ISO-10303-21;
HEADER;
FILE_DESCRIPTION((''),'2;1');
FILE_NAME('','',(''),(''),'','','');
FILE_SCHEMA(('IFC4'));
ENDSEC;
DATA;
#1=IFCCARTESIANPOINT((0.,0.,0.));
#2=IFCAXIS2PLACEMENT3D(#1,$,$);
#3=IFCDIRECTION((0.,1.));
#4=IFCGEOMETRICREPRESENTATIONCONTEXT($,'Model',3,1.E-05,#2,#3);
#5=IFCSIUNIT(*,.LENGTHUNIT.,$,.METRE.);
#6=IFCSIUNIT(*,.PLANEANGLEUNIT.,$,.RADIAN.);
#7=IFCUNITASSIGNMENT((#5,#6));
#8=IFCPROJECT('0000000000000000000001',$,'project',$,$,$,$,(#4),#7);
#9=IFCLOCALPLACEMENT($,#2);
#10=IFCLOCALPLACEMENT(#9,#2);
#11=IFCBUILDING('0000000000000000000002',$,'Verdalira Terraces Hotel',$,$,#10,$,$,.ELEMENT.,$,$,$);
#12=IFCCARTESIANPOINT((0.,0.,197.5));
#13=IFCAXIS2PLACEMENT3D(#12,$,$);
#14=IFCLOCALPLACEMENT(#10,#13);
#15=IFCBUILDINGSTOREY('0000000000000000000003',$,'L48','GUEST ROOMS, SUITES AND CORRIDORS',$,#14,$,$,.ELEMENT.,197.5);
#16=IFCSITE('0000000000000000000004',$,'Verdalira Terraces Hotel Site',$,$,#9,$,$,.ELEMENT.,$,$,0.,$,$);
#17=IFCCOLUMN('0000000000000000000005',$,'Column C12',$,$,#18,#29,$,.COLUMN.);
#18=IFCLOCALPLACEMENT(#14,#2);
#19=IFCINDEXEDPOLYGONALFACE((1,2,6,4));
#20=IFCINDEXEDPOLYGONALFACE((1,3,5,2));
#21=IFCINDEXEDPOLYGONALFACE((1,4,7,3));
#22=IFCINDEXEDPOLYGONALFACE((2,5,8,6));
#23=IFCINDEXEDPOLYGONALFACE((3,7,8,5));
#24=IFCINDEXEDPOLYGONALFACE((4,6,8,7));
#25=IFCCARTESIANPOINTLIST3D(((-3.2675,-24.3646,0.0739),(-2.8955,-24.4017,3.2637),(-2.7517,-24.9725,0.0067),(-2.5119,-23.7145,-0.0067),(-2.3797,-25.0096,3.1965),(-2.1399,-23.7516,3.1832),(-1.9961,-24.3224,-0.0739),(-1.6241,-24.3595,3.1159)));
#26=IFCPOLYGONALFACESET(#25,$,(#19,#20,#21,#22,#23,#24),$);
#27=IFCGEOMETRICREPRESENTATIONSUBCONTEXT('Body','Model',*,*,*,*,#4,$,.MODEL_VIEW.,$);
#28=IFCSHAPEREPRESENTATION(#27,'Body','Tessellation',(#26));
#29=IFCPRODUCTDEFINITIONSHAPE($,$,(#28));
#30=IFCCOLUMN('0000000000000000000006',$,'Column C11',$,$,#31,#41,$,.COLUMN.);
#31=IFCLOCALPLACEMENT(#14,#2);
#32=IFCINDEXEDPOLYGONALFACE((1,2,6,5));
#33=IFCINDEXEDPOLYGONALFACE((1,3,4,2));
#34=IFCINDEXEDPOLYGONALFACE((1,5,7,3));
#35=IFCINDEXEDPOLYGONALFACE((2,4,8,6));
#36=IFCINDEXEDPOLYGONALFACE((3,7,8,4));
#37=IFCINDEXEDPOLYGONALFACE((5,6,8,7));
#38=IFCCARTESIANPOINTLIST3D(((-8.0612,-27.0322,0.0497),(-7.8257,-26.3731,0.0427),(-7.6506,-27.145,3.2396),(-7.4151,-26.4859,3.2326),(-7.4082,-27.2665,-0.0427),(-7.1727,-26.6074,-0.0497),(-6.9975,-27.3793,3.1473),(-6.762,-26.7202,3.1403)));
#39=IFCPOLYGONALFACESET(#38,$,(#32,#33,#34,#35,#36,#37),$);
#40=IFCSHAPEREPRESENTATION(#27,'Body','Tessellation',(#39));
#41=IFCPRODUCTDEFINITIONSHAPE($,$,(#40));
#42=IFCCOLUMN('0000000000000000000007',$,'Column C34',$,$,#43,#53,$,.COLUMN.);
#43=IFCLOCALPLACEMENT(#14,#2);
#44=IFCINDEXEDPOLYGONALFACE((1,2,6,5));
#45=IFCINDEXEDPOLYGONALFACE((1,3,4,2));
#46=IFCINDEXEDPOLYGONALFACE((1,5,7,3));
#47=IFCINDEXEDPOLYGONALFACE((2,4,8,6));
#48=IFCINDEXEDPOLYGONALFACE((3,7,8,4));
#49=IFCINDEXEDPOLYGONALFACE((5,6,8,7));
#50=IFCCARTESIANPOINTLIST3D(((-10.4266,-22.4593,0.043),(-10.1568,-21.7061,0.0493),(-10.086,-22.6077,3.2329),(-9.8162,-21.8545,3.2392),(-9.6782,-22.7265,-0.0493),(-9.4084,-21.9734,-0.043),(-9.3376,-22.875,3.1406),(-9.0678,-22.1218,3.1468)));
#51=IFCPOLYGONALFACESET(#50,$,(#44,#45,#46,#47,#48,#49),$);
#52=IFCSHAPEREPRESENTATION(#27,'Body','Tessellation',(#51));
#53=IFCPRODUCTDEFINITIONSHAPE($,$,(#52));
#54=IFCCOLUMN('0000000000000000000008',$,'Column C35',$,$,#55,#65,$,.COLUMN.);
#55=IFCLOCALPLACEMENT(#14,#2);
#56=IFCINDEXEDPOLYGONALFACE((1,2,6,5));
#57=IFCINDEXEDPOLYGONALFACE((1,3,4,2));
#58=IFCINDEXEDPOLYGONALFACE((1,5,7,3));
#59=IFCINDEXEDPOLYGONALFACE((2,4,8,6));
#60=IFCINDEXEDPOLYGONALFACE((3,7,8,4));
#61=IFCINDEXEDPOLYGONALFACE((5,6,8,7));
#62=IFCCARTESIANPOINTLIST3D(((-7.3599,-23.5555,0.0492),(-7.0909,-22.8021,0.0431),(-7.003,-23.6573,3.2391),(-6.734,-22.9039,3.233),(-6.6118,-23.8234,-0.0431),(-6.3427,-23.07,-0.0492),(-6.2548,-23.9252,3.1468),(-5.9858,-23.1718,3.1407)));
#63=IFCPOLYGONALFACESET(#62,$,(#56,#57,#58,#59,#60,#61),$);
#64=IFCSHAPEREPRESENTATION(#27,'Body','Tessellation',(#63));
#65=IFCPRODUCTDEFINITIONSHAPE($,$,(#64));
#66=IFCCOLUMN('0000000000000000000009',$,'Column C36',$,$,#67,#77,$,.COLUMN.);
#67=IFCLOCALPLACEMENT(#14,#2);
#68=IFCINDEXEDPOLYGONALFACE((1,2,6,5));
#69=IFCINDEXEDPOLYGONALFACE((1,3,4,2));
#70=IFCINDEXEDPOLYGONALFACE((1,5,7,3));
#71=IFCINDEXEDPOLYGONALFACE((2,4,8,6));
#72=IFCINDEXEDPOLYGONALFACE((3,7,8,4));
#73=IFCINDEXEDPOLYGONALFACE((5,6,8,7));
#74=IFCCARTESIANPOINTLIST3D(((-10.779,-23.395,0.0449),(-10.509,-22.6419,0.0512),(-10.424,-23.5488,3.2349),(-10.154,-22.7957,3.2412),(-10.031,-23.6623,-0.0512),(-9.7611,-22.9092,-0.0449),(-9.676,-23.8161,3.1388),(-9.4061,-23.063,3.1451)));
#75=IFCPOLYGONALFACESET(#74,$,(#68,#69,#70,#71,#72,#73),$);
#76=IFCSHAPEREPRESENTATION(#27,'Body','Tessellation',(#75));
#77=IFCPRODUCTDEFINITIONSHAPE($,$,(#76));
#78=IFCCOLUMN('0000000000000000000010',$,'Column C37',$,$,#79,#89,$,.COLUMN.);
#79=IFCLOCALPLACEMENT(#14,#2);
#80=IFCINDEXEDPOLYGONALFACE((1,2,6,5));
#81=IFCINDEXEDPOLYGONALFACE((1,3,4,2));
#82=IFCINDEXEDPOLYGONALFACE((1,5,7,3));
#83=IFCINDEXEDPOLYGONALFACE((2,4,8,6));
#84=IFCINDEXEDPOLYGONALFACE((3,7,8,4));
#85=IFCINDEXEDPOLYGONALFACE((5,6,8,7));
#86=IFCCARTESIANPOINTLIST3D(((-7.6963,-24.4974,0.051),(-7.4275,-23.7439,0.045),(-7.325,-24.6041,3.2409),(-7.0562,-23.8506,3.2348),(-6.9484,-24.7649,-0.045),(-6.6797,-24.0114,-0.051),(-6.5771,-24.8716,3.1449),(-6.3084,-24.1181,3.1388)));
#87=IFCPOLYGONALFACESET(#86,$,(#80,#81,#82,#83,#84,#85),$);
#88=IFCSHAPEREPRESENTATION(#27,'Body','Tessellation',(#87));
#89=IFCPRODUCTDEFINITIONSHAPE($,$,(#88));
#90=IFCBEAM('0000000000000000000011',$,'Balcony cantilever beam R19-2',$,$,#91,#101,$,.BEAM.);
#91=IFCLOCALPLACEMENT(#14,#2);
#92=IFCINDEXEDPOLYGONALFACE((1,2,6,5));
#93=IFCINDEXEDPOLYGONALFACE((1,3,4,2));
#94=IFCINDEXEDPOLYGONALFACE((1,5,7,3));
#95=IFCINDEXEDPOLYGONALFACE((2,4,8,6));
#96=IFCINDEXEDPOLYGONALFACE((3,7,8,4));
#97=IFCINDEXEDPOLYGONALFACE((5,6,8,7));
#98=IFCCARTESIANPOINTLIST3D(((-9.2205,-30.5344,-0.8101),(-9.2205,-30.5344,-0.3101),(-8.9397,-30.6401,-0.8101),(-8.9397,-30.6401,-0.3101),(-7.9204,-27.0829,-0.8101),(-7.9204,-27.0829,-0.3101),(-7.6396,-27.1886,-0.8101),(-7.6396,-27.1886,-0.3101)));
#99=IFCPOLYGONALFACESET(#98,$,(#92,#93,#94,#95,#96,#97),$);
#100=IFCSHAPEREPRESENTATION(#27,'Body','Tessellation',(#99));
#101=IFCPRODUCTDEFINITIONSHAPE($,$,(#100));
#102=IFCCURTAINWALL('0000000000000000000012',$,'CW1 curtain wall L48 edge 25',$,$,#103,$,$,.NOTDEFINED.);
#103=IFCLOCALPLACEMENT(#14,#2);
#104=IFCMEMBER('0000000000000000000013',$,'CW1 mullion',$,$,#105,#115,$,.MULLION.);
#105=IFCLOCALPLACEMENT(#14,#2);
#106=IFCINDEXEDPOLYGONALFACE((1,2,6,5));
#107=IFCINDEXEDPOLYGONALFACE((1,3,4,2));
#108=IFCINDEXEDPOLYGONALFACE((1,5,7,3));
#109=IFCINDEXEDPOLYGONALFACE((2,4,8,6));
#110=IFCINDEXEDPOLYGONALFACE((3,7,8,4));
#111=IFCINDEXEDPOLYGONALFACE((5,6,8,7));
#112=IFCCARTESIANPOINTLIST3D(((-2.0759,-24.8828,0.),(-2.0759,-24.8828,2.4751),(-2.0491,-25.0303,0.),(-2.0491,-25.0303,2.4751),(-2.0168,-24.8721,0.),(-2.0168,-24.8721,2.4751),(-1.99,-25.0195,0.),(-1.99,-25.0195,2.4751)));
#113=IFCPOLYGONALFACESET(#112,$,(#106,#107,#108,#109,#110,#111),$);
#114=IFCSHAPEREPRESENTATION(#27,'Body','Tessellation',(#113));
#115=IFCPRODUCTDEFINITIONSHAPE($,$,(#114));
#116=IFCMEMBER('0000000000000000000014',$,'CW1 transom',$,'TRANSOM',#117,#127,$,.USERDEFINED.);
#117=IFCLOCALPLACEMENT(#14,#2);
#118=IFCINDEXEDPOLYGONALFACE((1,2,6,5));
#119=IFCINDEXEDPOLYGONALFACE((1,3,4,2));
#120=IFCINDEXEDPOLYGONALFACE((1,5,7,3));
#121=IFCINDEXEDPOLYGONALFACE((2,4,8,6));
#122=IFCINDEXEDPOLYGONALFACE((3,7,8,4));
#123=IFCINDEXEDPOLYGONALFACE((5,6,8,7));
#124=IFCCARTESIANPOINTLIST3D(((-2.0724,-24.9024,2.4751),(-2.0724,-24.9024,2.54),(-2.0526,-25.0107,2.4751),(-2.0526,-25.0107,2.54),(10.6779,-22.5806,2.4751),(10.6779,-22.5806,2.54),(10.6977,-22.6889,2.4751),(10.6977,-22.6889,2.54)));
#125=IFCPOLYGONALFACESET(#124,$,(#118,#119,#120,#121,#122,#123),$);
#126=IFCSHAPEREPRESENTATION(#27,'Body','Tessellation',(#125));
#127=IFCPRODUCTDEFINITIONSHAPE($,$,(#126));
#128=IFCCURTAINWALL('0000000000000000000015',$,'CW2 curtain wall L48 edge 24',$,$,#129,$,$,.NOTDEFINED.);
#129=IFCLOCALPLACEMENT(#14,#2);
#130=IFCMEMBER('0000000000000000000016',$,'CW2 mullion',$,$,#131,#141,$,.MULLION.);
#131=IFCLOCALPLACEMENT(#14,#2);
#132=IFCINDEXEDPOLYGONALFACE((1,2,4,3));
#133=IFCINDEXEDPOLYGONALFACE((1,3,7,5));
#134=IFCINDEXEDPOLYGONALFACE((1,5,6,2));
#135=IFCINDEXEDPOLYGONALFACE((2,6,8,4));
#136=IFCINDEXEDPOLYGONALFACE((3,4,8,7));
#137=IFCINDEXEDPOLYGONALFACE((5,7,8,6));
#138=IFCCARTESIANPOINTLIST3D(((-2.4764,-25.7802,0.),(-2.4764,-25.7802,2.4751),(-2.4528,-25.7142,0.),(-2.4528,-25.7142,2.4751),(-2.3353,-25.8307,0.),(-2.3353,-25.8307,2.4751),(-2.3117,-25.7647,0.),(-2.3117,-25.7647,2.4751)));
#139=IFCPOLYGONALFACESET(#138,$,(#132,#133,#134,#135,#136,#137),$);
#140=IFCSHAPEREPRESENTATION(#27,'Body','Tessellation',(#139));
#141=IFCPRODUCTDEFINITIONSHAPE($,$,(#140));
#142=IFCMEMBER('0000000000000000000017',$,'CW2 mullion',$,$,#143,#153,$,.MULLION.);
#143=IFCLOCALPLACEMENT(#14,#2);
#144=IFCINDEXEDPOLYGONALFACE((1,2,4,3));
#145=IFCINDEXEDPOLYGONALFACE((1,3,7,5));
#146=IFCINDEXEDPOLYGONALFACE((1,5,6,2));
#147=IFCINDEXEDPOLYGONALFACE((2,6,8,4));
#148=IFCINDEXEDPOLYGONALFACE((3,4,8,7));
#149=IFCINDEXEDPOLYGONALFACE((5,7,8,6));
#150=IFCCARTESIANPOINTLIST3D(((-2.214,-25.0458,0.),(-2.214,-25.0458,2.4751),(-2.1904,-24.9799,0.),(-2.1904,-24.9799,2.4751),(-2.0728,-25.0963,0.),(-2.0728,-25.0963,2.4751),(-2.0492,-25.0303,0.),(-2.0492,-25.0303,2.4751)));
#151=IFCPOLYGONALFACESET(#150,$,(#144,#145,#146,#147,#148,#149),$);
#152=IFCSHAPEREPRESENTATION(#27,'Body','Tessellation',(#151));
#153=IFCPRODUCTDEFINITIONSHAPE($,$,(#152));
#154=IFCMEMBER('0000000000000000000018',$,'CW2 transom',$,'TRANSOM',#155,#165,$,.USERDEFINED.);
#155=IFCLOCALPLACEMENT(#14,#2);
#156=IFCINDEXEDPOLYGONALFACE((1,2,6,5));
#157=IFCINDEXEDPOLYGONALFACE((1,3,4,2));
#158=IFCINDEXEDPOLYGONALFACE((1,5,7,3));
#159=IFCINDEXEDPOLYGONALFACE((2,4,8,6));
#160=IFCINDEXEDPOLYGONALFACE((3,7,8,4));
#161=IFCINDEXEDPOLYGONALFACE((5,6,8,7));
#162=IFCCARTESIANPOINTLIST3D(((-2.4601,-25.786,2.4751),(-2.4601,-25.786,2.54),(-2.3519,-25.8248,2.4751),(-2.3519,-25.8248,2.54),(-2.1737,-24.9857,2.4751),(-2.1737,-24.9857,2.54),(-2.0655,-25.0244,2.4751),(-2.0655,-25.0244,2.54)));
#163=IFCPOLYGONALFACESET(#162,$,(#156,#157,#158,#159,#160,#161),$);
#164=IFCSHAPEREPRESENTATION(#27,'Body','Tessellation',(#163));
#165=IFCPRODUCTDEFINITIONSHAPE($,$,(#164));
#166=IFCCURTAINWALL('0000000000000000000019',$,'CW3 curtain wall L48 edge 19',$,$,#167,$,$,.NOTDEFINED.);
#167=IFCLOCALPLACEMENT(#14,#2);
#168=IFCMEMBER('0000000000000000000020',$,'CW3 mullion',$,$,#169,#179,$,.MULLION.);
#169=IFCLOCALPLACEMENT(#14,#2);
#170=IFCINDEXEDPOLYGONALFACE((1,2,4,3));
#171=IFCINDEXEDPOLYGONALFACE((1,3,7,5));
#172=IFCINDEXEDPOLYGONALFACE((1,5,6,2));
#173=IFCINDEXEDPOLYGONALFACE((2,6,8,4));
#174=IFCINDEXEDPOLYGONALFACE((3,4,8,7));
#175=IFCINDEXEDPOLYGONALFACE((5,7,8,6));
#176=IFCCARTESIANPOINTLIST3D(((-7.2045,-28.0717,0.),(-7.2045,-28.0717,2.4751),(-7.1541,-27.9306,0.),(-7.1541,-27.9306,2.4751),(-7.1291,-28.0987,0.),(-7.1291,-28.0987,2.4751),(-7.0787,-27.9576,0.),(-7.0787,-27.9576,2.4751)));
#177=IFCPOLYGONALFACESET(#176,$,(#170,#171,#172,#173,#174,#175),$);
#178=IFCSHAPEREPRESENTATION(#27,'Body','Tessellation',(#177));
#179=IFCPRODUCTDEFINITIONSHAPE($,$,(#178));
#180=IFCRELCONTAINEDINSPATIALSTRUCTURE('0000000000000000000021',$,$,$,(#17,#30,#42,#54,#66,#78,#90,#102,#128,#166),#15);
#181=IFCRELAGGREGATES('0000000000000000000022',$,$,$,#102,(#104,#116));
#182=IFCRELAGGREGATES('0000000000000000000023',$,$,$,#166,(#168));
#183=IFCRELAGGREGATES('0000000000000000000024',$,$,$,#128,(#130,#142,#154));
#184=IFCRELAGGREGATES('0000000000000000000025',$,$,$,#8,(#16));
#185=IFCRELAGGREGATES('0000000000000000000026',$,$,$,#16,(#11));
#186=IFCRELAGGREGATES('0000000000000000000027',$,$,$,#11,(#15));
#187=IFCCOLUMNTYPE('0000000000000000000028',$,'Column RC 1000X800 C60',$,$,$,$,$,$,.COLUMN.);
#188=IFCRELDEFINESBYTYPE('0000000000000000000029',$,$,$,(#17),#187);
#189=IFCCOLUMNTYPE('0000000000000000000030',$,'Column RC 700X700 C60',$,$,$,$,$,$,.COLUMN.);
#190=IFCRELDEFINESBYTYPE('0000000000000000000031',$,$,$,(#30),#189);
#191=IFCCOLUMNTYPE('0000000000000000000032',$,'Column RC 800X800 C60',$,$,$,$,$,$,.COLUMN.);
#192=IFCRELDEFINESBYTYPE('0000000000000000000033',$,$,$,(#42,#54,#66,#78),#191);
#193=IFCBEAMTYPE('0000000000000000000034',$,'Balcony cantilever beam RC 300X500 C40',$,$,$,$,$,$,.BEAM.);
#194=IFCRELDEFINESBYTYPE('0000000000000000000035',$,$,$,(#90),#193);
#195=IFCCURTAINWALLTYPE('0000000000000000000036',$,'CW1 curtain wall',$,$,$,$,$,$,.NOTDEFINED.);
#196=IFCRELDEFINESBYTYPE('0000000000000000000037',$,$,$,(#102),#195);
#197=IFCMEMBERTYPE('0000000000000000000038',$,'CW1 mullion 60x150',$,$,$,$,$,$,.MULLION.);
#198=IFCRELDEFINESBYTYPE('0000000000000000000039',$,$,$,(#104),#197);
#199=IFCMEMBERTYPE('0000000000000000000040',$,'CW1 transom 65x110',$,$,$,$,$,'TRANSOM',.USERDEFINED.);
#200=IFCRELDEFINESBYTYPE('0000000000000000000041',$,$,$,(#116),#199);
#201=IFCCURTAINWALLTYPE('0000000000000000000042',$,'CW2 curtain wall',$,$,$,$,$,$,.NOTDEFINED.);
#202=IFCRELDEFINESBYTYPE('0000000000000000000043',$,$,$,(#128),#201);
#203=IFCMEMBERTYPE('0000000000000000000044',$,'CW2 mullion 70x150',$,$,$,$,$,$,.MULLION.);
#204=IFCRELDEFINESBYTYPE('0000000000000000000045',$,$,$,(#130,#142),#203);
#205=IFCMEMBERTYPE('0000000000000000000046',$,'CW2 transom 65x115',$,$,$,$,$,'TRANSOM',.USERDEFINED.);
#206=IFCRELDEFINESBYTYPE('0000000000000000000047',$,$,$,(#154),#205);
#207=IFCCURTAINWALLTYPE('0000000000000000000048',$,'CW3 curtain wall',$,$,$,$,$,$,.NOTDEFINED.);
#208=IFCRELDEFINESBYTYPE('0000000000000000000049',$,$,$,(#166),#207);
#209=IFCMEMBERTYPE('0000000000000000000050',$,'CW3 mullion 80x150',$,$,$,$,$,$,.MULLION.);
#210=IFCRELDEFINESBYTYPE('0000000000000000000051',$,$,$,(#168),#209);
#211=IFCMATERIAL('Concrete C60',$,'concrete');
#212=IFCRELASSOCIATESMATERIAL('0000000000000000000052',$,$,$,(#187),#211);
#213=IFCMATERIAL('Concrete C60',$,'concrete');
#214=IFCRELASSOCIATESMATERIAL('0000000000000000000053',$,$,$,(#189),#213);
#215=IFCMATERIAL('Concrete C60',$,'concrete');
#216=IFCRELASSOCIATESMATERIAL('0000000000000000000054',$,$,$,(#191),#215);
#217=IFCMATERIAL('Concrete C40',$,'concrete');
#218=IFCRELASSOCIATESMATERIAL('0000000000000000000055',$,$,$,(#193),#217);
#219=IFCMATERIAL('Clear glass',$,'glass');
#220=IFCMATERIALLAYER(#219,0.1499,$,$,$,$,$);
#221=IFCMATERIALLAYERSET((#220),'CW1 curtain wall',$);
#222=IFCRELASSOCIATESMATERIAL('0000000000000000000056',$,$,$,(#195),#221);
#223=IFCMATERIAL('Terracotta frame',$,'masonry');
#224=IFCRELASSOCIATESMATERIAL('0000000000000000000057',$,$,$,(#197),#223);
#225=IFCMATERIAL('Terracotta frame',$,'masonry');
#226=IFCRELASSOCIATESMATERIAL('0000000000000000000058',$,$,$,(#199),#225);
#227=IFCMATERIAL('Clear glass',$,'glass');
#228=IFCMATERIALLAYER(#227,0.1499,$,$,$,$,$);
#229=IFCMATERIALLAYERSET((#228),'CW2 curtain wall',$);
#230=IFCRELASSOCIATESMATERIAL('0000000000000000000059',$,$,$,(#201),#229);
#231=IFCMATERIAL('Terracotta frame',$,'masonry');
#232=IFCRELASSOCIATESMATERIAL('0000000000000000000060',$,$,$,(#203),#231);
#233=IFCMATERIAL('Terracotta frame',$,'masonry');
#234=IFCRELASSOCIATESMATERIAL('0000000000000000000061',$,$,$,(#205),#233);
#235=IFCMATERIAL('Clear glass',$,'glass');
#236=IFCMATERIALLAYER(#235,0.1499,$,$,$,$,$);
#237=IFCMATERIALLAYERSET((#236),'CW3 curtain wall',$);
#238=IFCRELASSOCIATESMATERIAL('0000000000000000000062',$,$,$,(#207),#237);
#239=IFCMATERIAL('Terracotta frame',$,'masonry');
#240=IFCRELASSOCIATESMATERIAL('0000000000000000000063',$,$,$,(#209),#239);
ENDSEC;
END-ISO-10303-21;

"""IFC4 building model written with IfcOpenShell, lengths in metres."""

from ifc_helpers import new_model, si_unit, direction, frame, origin, origin_2d, place, context, subcontext, project, spatial, rectangle, extrude, material, layer, layer_set, material_profile, profile_set, type_object, element, aggregate, save


model = new_model("IFC4")

# Units and contexts
model_context = context("Model", 3, precision=1e-05, world=origin(), true_north=direction((0.0, 1.0)))
body_context = subcontext(model_context, "Body", "Model", "MODEL_VIEW")
ifc_project = project(units=[si_unit("LENGTHUNIT", "METRE"), si_unit("PLANEANGLEUNIT", "RADIAN")], contexts=[model_context])

# Site, building, storey
site_placement = place(None, origin())
site = spatial("IfcSite", under=ifc_project, at=site_placement, Name="Verdalira Terraces Hotel Site", CompositionType="ELEMENT", RefElevation=0.0)
building_placement = place(site_placement, origin())
building = spatial("IfcBuilding", under=site, at=building_placement, Name="Verdalira Terraces Hotel", CompositionType="ELEMENT")
storey_placement = place(building_placement, frame((0.0, 0.0, 197.5)))
storey = spatial("IfcBuildingStorey", under=building, at=storey_placement, Name="L48", Description="GUEST ROOMS, SUITES AND CORRIDORS", CompositionType="ELEMENT", Elevation=197.5)

# Columns
ifc_material_1 = material(Name="Concrete C60", Category="concrete")
ifc_material_profile_1 = material_profile(ifc_material_1, rectangle(XDim=1.0, YDim=0.8, at=origin_2d()), Name="RC 1000X800")
ifc_profile_set_1 = profile_set([ifc_material_profile_1], Name="Concrete C60")
column_type_1 = type_object("IfcColumnType", Name="Column RC 1000X800 C60", PredefinedType="COLUMN", material=ifc_profile_set_1)
column_1_placement = place(storey_placement, frame((-2.6318, -24.3435, 0.0), z_axis=(0.115845, -0.011554, 0.9932), x_axis=(-0.75561, -0.650048, 0.080571)))
element("IfcColumn", 1, at=column_1_placement, inside=storey, type_object=column_type_1, Name="Column C12", PredefinedType="COLUMN", context=body_context, shape_type="SweptSolid", body=[
    extrude(rectangle(XDim=1.0, YDim=0.8, at=origin_2d()), origin(), (0.0, 0.0, 1.0), 3.2117),
])
ifc_material_2 = material(Name="Concrete C60", Category="concrete")
ifc_material_profile_2 = material_profile(ifc_material_2, rectangle(XDim=0.7, YDim=0.7, at=origin_2d()), Name="RC 700X700")
ifc_profile_set_2 = profile_set([ifc_material_profile_2], Name="Concrete C60")
column_type_2 = type_object("IfcColumnType", Name="Column RC 700X700 C60", PredefinedType="COLUMN", material=ifc_profile_set_2)
column_2_placement = place(storey_placement, frame((-7.6169, -26.8198, 0.0), z_axis=(0.127599, -0.035048, 0.991206), x_axis=(0.933003, -0.334808, -0.131945)))
element("IfcColumn", 2, at=column_2_placement, inside=storey, type_object=column_type_2, Name="Column C11", PredefinedType="COLUMN", context=body_context, shape_type="SweptSolid", body=[
    extrude(rectangle(XDim=0.7, YDim=0.7, at=origin_2d()), origin(), (0.0, 0.0, 1.0), 3.2183),
])
ifc_material_3 = material(Name="Concrete C60", Category="concrete")
ifc_material_profile_3 = material_profile(ifc_material_3, rectangle(XDim=0.8, YDim=0.8, at=origin_2d()), Name="RC 800X800")
ifc_profile_set_3 = profile_set([ifc_material_profile_3], Name="Concrete C60")
column_type_3 = type_object("IfcColumnType", Name="Column RC 800X800 C60", PredefinedType="COLUMN", material=ifc_profile_set_3)
for number, where, z_axis, x_axis, name in (
    (3, (-9.9175, -22.2163, 0.0), (0.106049, -0.046221, 0.993286), (-0.337174, -0.94141, -0.007808), "Column C34"),
    (4, (-6.8513, -23.3127, 0.0), (0.111144, -0.031701, 0.993299), (-0.336298, -0.941725, 0.007575), "Column C35"),
):
    element("IfcColumn", number, at=place(storey_placement, frame(where, z_axis=z_axis, x_axis=x_axis)), inside=storey, type_object=column_type_3, Name=name, PredefinedType="COLUMN", context=body_context, shape_type="SweptSolid", body=[
        extrude(rectangle(XDim=0.8, YDim=0.8, at=origin_2d()), origin(), (0.0, 0.0, 1.0), 3.2114),
    ])
column_3_placement = place(storey_placement, frame((-10.27, -23.1521, 0.0), z_axis=(0.110472, -0.047866, 0.992726), x_axis=(-0.337405, -0.941327, -0.007841)))
element("IfcColumn", 5, at=column_3_placement, inside=storey, type_object=column_type_3, Name="Column C36", PredefinedType="COLUMN", context=body_context, shape_type="SweptSolid", body=[
    extrude(rectangle(XDim=0.8, YDim=0.8, at=origin_2d()), origin(), (0.0, 0.0, 1.0), 3.2134),
])
column_4_placement = place(storey_placement, frame((-7.188, -24.2544, 0.0), z_axis=(0.115564, -0.033203, 0.992745), x_axis=(-0.335932, -0.941856, 0.007605)))
element("IfcColumn", 6, at=column_4_placement, inside=storey, type_object=column_type_3, Name="Column C37", PredefinedType="COLUMN", context=body_context, shape_type="SweptSolid", body=[
    extrude(rectangle(XDim=0.8, YDim=0.8, at=origin_2d()), origin(), (0.0, 0.0, 1.0), 3.2131),
])

# Beam
ifc_material_4 = material(Name="Concrete C40", Category="concrete")
ifc_material_profile_4 = material_profile(ifc_material_4, rectangle(XDim=0.3, YDim=0.5, at=origin_2d()), Name="RC 300X500")
ifc_profile_set_4 = profile_set([ifc_material_profile_4], Name="Concrete C40")
beam_type_1 = type_object("IfcBeamType", Name="Balcony cantilever beam RC 300X500 C40", PredefinedType="BEAM", material=ifc_profile_set_4)
beam_1_placement = place(storey_placement, frame((-7.78, -27.1357, -0.5601), z_axis=(-0.352494, -0.935814, 0.0), x_axis=(0.935814, -0.352494, 0.0)))
element("IfcBeam", 7, at=beam_1_placement, inside=storey, type_object=beam_type_1, Name="Balcony cantilever beam R19-2", PredefinedType="BEAM", context=body_context, shape_type="SweptSolid", body=[
    extrude(rectangle(XDim=0.3, YDim=0.5, at=origin_2d()), origin(), (0.0, 0.0, 1.0), 3.6882),
])

# Curtain walls, members
ifc_material_5 = material(Name="Clear glass", Category="glass")
ifc_layer_1 = layer(ifc_material_5, 0.1499)
ifc_layer_set_1 = layer_set([ifc_layer_1], Name="CW1 curtain wall")
curtain_wall_type_1 = type_object("IfcCurtainWallType", Name="CW1 curtain wall", PredefinedType="NOTDEFINED", material=ifc_layer_set_1)
curtain_wall_1_placement = place(storey_placement, origin())
curtain_wall_1 = element("IfcCurtainWall", 8, at=curtain_wall_1_placement, inside=storey, type_object=curtain_wall_type_1, Name="CW1 curtain wall L48 edge 25", PredefinedType="NOTDEFINED")
ifc_material_6 = material(Name="Terracotta frame", Category="masonry")
ifc_material_profile_5 = material_profile(ifc_material_6, rectangle(XDim=0.0601, YDim=0.1499, at=origin_2d()), Name="MU 60x150")
ifc_profile_set_5 = profile_set([ifc_material_profile_5], Name="Terracotta frame")
member_type_1 = type_object("IfcMemberType", Name="CW1 mullion 60x150", PredefinedType="MULLION", material=ifc_profile_set_5)
member_1_placement = place(storey_placement, frame((-2.033, -24.9512, 0.0), z_axis=(0.0, 0.0, 1.0), x_axis=(0.983823, 0.179146, 0.0)))
member_1 = element("IfcMember", 9, at=member_1_placement, type_object=member_type_1, Name="CW1 mullion", PredefinedType="MULLION", context=body_context, shape_type="SweptSolid", body=[
    extrude(rectangle(XDim=0.0601, YDim=0.1499, at=origin_2d()), origin(), (0.0, 0.0, 1.0), 2.4751),
])
ifc_material_7 = material(Name="Terracotta frame", Category="masonry")
ifc_material_profile_6 = material_profile(ifc_material_7, rectangle(XDim=0.1101, YDim=0.0649, at=origin_2d()), Name="TR 65x110")
ifc_profile_set_6 = profile_set([ifc_material_profile_6], Name="Terracotta frame")
member_type_2 = type_object("IfcMemberType", Name="CW1 transom 65x110", ElementType="TRANSOM", PredefinedType="USERDEFINED", material=ifc_profile_set_6)
member_2_placement = place(storey_placement, frame((-2.0625, -24.9565, 2.5076), z_axis=(0.983822, 0.179151, 0.0), x_axis=(-0.179151, 0.983822, 0.0)))
member_2 = element("IfcMember", 10, at=member_2_placement, type_object=member_type_2, Name="CW1 transom", ObjectType="TRANSOM", PredefinedType="USERDEFINED", context=body_context, shape_type="SweptSolid", body=[
    extrude(rectangle(XDim=0.1101, YDim=0.0649, at=origin_2d()), origin(), (0.0, 0.0, 1.0), 12.96),
])
aggregate(curtain_wall_1, [member_1, member_2])
ifc_material_8 = material(Name="Clear glass", Category="glass")
ifc_layer_2 = layer(ifc_material_8, 0.1499)
ifc_layer_set_2 = layer_set([ifc_layer_2], Name="CW2 curtain wall")
curtain_wall_type_2 = type_object("IfcCurtainWallType", Name="CW2 curtain wall", PredefinedType="NOTDEFINED", material=ifc_layer_set_2)
curtain_wall_2_placement = place(storey_placement, origin())
curtain_wall_2 = element("IfcCurtainWall", 11, at=curtain_wall_2_placement, inside=storey, type_object=curtain_wall_type_2, Name="CW2 curtain wall L48 edge 24", PredefinedType="NOTDEFINED")
ifc_material_9 = material(Name="Terracotta frame", Category="masonry")
ifc_material_profile_7 = material_profile(ifc_material_9, rectangle(XDim=0.0701, YDim=0.1499, at=origin_2d()), Name="MU 70x150")
ifc_profile_set_7 = profile_set([ifc_material_profile_7], Name="Terracotta frame")
member_type_3 = type_object("IfcMemberType", Name="CW2 mullion 70x150", PredefinedType="MULLION", material=ifc_profile_set_7)
member_3_placement = place(storey_placement, frame((-2.394, -25.7725, 0.0), z_axis=(0.0, 0.0, 1.0), x_axis=(0.336767, 0.941588, 0.0)))
member_3 = element("IfcMember", 12, at=member_3_placement, type_object=member_type_3, Name="CW2 mullion", PredefinedType="MULLION", context=body_context, shape_type="SweptSolid", body=[
    extrude(rectangle(XDim=0.0701, YDim=0.1499, at=origin_2d()), origin(), (0.0, 0.0, 1.0), 2.4751),
])
member_4_placement = place(storey_placement, frame((-2.1316, -25.0381, 0.0), z_axis=(0.0, 0.0, 1.0), x_axis=(0.336767, 0.941588, 0.0)))
member_4 = element("IfcMember", 13, at=member_4_placement, type_object=member_type_3, Name="CW2 mullion", PredefinedType="MULLION", context=body_context, shape_type="SweptSolid", body=[
    extrude(rectangle(XDim=0.0701, YDim=0.1499, at=origin_2d()), origin(), (0.0, 0.0, 1.0), 2.4751),
])
ifc_material_10 = material(Name="Terracotta frame", Category="masonry")
ifc_material_profile_8 = material_profile(ifc_material_10, rectangle(XDim=0.115, YDim=0.0649, at=origin_2d()), Name="TR 65x115")
ifc_profile_set_8 = profile_set([ifc_material_profile_8], Name="Terracotta frame")
member_type_4 = type_object("IfcMemberType", Name="CW2 transom 65x115", ElementType="TRANSOM", PredefinedType="USERDEFINED", material=ifc_profile_set_8)
member_5_placement = place(storey_placement, frame((-2.406, -25.8054, 2.5076), z_axis=(0.336919, 0.941534, 0.0), x_axis=(-0.941534, 0.336919, 0.0)))
member_5 = element("IfcMember", 14, at=member_5_placement, type_object=member_type_4, Name="CW2 transom", ObjectType="TRANSOM", PredefinedType="USERDEFINED", context=body_context, shape_type="SweptSolid", body=[
    extrude(rectangle(XDim=0.115, YDim=0.0649, at=origin_2d()), origin(), (0.0, 0.0, 1.0), 0.8501),
])

# Curtain wall, member
ifc_material_11 = material(Name="Clear glass", Category="glass")
ifc_layer_3 = layer(ifc_material_11, 0.1499)
ifc_layer_set_3 = layer_set([ifc_layer_3], Name="CW3 curtain wall")
curtain_wall_type_3 = type_object("IfcCurtainWallType", Name="CW3 curtain wall", PredefinedType="NOTDEFINED", material=ifc_layer_set_3)
curtain_wall_3_placement = place(storey_placement, origin())
curtain_wall_3 = element("IfcCurtainWall", 15, at=curtain_wall_3_placement, inside=storey, type_object=curtain_wall_type_3, Name="CW3 curtain wall L48 edge 19", PredefinedType="NOTDEFINED")
ifc_material_12 = material(Name="Terracotta frame", Category="masonry")
ifc_material_profile_9 = material_profile(ifc_material_12, rectangle(XDim=0.0801, YDim=0.1499, at=origin_2d()), Name="MU 80x150")
ifc_profile_set_9 = profile_set([ifc_material_profile_9], Name="Terracotta frame")
member_type_5 = type_object("IfcMemberType", Name="CW3 mullion 80x150", PredefinedType="MULLION", material=ifc_profile_set_9)
member_6_placement = place(storey_placement, frame((-7.1416, -28.0146, 0.0), z_axis=(0.0, 0.0, 1.0), x_axis=(0.941588, -0.336767, 0.0)))
member_6 = element("IfcMember", 16, at=member_6_placement, type_object=member_type_5, Name="CW3 mullion", PredefinedType="MULLION", context=body_context, shape_type="SweptSolid", body=[
    extrude(rectangle(XDim=0.0801, YDim=0.1499, at=origin_2d()), origin(), (0.0, 0.0, 1.0), 2.4751),
])
aggregate(curtain_wall_3, [member_6])

aggregate(curtain_wall_2, [member_3, member_4, member_5])

save(model, "model.ifc")
